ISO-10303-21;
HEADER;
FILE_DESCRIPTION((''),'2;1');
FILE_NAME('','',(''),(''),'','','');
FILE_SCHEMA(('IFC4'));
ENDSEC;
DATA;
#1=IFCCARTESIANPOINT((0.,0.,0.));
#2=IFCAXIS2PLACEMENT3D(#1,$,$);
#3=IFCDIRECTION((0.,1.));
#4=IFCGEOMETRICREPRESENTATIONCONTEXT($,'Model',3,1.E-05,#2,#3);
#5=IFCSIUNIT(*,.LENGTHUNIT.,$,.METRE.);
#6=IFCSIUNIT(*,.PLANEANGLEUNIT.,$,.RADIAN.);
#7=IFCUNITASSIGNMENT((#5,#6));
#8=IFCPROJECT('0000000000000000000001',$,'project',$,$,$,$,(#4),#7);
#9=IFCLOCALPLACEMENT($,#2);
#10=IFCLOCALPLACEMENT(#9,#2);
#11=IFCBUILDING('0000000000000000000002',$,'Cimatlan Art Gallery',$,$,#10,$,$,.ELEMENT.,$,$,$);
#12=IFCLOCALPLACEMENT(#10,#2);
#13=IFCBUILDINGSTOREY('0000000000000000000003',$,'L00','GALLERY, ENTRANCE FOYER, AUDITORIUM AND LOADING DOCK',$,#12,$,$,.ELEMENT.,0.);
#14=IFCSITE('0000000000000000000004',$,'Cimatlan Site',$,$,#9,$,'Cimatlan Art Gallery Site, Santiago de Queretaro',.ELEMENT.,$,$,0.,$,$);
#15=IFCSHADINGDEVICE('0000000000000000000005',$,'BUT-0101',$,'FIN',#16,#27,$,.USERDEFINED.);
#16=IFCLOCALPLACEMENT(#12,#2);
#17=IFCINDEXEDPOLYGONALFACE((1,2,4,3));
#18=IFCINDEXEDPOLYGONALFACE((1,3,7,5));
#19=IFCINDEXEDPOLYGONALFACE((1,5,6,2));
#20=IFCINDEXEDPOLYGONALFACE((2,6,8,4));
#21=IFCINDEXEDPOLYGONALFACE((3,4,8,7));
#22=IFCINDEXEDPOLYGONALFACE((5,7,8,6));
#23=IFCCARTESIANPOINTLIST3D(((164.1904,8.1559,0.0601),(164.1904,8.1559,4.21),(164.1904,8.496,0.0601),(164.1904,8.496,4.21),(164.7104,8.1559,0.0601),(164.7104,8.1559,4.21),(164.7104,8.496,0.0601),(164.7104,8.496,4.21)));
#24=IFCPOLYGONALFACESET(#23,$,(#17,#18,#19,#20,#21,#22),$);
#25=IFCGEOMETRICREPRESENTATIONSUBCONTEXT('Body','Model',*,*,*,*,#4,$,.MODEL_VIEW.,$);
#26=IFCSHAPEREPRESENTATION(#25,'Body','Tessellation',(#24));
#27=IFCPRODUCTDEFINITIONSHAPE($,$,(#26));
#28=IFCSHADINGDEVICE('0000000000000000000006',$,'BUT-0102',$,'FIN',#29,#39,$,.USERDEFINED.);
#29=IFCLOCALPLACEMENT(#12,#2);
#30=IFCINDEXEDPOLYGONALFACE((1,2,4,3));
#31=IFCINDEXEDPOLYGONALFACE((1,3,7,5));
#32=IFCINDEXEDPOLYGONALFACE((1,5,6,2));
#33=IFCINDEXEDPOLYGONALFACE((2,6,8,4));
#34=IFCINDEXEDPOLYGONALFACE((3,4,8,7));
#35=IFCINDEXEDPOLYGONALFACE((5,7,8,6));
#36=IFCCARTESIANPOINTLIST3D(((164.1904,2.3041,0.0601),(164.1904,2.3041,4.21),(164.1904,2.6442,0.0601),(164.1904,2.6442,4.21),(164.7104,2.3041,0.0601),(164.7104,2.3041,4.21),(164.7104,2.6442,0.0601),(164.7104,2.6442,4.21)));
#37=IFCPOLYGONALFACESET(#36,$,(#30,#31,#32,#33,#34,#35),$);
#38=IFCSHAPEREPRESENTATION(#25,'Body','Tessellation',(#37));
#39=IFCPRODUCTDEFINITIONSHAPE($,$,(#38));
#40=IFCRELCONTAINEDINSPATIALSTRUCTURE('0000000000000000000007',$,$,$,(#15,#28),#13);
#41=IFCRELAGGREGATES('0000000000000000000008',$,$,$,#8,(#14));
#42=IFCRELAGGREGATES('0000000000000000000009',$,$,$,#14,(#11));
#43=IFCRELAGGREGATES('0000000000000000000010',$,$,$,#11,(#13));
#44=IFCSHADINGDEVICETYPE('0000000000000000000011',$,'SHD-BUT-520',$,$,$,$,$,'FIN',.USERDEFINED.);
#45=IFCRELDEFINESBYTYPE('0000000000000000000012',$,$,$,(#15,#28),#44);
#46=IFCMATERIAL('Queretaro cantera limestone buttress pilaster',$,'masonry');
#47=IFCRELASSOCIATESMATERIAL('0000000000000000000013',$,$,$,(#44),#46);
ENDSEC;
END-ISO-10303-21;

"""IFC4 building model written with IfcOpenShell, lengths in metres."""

from ifc_helpers import new_model, si_unit, direction, frame, origin, origin_2d, place, context, subcontext, project, spatial, rectangle, extrude, material, type_object, element, save


model = new_model("IFC4")

# Units and contexts
model_context = context("Model", 3, precision=1e-05, world=origin(), true_north=direction((0.0, 1.0)))
body_context = subcontext(model_context, "Body", "Model", "MODEL_VIEW")
ifc_project = project(units=[si_unit("LENGTHUNIT", "METRE"), si_unit("PLANEANGLEUNIT", "RADIAN")], contexts=[model_context])

# Site, building, storey
site_placement = place(None, origin())
site = spatial("IfcSite", under=ifc_project, at=site_placement, Name="Cimatlan Site", LongName="Cimatlan Art Gallery Site, Santiago de Queretaro", CompositionType="ELEMENT", RefElevation=0.0)
building_placement = place(site_placement, origin())
building = spatial("IfcBuilding", under=site, at=building_placement, Name="Cimatlan Art Gallery", CompositionType="ELEMENT")
storey_placement = place(building_placement, origin())
storey = spatial("IfcBuildingStorey", under=building, at=storey_placement, Name="L00", Description="GALLERY, ENTRANCE FOYER, AUDITORIUM AND LOADING DOCK", CompositionType="ELEMENT", Elevation=0.0)

# Shading devices
ifc_material_1 = material(Name="Queretaro cantera limestone buttress pilaster", Category="masonry")
shading_device_type = type_object("IfcShadingDeviceType", Name="SHD-BUT-520", ElementType="FIN", PredefinedType="USERDEFINED", material=ifc_material_1)
for number, where, z_axis, x_axis, name in (
    (1, (164.4504, 8.3259, 0.0601), (0.0, 0.0, 1.0), (0.0, -1.0, 0.0), "BUT-0101"),
    (2, (164.4504, 2.4741, 0.0601), (0.0, 0.0, 1.0), (0.0, -1.0, 0.0), "BUT-0102"),
):
    element("IfcShadingDevice", number, at=place(storey_placement, frame(where, z_axis=z_axis, x_axis=x_axis)), inside=storey, type_object=shading_device_type, Name=name, ObjectType="FIN", PredefinedType="USERDEFINED", context=body_context, shape_type="SweptSolid", body=[
        extrude(rectangle(XDim=0.3401, YDim=0.52, at=origin_2d()), origin(), (0.0, 0.0, 1.0), 4.1499),
    ])

save(model, "model.ifc")
